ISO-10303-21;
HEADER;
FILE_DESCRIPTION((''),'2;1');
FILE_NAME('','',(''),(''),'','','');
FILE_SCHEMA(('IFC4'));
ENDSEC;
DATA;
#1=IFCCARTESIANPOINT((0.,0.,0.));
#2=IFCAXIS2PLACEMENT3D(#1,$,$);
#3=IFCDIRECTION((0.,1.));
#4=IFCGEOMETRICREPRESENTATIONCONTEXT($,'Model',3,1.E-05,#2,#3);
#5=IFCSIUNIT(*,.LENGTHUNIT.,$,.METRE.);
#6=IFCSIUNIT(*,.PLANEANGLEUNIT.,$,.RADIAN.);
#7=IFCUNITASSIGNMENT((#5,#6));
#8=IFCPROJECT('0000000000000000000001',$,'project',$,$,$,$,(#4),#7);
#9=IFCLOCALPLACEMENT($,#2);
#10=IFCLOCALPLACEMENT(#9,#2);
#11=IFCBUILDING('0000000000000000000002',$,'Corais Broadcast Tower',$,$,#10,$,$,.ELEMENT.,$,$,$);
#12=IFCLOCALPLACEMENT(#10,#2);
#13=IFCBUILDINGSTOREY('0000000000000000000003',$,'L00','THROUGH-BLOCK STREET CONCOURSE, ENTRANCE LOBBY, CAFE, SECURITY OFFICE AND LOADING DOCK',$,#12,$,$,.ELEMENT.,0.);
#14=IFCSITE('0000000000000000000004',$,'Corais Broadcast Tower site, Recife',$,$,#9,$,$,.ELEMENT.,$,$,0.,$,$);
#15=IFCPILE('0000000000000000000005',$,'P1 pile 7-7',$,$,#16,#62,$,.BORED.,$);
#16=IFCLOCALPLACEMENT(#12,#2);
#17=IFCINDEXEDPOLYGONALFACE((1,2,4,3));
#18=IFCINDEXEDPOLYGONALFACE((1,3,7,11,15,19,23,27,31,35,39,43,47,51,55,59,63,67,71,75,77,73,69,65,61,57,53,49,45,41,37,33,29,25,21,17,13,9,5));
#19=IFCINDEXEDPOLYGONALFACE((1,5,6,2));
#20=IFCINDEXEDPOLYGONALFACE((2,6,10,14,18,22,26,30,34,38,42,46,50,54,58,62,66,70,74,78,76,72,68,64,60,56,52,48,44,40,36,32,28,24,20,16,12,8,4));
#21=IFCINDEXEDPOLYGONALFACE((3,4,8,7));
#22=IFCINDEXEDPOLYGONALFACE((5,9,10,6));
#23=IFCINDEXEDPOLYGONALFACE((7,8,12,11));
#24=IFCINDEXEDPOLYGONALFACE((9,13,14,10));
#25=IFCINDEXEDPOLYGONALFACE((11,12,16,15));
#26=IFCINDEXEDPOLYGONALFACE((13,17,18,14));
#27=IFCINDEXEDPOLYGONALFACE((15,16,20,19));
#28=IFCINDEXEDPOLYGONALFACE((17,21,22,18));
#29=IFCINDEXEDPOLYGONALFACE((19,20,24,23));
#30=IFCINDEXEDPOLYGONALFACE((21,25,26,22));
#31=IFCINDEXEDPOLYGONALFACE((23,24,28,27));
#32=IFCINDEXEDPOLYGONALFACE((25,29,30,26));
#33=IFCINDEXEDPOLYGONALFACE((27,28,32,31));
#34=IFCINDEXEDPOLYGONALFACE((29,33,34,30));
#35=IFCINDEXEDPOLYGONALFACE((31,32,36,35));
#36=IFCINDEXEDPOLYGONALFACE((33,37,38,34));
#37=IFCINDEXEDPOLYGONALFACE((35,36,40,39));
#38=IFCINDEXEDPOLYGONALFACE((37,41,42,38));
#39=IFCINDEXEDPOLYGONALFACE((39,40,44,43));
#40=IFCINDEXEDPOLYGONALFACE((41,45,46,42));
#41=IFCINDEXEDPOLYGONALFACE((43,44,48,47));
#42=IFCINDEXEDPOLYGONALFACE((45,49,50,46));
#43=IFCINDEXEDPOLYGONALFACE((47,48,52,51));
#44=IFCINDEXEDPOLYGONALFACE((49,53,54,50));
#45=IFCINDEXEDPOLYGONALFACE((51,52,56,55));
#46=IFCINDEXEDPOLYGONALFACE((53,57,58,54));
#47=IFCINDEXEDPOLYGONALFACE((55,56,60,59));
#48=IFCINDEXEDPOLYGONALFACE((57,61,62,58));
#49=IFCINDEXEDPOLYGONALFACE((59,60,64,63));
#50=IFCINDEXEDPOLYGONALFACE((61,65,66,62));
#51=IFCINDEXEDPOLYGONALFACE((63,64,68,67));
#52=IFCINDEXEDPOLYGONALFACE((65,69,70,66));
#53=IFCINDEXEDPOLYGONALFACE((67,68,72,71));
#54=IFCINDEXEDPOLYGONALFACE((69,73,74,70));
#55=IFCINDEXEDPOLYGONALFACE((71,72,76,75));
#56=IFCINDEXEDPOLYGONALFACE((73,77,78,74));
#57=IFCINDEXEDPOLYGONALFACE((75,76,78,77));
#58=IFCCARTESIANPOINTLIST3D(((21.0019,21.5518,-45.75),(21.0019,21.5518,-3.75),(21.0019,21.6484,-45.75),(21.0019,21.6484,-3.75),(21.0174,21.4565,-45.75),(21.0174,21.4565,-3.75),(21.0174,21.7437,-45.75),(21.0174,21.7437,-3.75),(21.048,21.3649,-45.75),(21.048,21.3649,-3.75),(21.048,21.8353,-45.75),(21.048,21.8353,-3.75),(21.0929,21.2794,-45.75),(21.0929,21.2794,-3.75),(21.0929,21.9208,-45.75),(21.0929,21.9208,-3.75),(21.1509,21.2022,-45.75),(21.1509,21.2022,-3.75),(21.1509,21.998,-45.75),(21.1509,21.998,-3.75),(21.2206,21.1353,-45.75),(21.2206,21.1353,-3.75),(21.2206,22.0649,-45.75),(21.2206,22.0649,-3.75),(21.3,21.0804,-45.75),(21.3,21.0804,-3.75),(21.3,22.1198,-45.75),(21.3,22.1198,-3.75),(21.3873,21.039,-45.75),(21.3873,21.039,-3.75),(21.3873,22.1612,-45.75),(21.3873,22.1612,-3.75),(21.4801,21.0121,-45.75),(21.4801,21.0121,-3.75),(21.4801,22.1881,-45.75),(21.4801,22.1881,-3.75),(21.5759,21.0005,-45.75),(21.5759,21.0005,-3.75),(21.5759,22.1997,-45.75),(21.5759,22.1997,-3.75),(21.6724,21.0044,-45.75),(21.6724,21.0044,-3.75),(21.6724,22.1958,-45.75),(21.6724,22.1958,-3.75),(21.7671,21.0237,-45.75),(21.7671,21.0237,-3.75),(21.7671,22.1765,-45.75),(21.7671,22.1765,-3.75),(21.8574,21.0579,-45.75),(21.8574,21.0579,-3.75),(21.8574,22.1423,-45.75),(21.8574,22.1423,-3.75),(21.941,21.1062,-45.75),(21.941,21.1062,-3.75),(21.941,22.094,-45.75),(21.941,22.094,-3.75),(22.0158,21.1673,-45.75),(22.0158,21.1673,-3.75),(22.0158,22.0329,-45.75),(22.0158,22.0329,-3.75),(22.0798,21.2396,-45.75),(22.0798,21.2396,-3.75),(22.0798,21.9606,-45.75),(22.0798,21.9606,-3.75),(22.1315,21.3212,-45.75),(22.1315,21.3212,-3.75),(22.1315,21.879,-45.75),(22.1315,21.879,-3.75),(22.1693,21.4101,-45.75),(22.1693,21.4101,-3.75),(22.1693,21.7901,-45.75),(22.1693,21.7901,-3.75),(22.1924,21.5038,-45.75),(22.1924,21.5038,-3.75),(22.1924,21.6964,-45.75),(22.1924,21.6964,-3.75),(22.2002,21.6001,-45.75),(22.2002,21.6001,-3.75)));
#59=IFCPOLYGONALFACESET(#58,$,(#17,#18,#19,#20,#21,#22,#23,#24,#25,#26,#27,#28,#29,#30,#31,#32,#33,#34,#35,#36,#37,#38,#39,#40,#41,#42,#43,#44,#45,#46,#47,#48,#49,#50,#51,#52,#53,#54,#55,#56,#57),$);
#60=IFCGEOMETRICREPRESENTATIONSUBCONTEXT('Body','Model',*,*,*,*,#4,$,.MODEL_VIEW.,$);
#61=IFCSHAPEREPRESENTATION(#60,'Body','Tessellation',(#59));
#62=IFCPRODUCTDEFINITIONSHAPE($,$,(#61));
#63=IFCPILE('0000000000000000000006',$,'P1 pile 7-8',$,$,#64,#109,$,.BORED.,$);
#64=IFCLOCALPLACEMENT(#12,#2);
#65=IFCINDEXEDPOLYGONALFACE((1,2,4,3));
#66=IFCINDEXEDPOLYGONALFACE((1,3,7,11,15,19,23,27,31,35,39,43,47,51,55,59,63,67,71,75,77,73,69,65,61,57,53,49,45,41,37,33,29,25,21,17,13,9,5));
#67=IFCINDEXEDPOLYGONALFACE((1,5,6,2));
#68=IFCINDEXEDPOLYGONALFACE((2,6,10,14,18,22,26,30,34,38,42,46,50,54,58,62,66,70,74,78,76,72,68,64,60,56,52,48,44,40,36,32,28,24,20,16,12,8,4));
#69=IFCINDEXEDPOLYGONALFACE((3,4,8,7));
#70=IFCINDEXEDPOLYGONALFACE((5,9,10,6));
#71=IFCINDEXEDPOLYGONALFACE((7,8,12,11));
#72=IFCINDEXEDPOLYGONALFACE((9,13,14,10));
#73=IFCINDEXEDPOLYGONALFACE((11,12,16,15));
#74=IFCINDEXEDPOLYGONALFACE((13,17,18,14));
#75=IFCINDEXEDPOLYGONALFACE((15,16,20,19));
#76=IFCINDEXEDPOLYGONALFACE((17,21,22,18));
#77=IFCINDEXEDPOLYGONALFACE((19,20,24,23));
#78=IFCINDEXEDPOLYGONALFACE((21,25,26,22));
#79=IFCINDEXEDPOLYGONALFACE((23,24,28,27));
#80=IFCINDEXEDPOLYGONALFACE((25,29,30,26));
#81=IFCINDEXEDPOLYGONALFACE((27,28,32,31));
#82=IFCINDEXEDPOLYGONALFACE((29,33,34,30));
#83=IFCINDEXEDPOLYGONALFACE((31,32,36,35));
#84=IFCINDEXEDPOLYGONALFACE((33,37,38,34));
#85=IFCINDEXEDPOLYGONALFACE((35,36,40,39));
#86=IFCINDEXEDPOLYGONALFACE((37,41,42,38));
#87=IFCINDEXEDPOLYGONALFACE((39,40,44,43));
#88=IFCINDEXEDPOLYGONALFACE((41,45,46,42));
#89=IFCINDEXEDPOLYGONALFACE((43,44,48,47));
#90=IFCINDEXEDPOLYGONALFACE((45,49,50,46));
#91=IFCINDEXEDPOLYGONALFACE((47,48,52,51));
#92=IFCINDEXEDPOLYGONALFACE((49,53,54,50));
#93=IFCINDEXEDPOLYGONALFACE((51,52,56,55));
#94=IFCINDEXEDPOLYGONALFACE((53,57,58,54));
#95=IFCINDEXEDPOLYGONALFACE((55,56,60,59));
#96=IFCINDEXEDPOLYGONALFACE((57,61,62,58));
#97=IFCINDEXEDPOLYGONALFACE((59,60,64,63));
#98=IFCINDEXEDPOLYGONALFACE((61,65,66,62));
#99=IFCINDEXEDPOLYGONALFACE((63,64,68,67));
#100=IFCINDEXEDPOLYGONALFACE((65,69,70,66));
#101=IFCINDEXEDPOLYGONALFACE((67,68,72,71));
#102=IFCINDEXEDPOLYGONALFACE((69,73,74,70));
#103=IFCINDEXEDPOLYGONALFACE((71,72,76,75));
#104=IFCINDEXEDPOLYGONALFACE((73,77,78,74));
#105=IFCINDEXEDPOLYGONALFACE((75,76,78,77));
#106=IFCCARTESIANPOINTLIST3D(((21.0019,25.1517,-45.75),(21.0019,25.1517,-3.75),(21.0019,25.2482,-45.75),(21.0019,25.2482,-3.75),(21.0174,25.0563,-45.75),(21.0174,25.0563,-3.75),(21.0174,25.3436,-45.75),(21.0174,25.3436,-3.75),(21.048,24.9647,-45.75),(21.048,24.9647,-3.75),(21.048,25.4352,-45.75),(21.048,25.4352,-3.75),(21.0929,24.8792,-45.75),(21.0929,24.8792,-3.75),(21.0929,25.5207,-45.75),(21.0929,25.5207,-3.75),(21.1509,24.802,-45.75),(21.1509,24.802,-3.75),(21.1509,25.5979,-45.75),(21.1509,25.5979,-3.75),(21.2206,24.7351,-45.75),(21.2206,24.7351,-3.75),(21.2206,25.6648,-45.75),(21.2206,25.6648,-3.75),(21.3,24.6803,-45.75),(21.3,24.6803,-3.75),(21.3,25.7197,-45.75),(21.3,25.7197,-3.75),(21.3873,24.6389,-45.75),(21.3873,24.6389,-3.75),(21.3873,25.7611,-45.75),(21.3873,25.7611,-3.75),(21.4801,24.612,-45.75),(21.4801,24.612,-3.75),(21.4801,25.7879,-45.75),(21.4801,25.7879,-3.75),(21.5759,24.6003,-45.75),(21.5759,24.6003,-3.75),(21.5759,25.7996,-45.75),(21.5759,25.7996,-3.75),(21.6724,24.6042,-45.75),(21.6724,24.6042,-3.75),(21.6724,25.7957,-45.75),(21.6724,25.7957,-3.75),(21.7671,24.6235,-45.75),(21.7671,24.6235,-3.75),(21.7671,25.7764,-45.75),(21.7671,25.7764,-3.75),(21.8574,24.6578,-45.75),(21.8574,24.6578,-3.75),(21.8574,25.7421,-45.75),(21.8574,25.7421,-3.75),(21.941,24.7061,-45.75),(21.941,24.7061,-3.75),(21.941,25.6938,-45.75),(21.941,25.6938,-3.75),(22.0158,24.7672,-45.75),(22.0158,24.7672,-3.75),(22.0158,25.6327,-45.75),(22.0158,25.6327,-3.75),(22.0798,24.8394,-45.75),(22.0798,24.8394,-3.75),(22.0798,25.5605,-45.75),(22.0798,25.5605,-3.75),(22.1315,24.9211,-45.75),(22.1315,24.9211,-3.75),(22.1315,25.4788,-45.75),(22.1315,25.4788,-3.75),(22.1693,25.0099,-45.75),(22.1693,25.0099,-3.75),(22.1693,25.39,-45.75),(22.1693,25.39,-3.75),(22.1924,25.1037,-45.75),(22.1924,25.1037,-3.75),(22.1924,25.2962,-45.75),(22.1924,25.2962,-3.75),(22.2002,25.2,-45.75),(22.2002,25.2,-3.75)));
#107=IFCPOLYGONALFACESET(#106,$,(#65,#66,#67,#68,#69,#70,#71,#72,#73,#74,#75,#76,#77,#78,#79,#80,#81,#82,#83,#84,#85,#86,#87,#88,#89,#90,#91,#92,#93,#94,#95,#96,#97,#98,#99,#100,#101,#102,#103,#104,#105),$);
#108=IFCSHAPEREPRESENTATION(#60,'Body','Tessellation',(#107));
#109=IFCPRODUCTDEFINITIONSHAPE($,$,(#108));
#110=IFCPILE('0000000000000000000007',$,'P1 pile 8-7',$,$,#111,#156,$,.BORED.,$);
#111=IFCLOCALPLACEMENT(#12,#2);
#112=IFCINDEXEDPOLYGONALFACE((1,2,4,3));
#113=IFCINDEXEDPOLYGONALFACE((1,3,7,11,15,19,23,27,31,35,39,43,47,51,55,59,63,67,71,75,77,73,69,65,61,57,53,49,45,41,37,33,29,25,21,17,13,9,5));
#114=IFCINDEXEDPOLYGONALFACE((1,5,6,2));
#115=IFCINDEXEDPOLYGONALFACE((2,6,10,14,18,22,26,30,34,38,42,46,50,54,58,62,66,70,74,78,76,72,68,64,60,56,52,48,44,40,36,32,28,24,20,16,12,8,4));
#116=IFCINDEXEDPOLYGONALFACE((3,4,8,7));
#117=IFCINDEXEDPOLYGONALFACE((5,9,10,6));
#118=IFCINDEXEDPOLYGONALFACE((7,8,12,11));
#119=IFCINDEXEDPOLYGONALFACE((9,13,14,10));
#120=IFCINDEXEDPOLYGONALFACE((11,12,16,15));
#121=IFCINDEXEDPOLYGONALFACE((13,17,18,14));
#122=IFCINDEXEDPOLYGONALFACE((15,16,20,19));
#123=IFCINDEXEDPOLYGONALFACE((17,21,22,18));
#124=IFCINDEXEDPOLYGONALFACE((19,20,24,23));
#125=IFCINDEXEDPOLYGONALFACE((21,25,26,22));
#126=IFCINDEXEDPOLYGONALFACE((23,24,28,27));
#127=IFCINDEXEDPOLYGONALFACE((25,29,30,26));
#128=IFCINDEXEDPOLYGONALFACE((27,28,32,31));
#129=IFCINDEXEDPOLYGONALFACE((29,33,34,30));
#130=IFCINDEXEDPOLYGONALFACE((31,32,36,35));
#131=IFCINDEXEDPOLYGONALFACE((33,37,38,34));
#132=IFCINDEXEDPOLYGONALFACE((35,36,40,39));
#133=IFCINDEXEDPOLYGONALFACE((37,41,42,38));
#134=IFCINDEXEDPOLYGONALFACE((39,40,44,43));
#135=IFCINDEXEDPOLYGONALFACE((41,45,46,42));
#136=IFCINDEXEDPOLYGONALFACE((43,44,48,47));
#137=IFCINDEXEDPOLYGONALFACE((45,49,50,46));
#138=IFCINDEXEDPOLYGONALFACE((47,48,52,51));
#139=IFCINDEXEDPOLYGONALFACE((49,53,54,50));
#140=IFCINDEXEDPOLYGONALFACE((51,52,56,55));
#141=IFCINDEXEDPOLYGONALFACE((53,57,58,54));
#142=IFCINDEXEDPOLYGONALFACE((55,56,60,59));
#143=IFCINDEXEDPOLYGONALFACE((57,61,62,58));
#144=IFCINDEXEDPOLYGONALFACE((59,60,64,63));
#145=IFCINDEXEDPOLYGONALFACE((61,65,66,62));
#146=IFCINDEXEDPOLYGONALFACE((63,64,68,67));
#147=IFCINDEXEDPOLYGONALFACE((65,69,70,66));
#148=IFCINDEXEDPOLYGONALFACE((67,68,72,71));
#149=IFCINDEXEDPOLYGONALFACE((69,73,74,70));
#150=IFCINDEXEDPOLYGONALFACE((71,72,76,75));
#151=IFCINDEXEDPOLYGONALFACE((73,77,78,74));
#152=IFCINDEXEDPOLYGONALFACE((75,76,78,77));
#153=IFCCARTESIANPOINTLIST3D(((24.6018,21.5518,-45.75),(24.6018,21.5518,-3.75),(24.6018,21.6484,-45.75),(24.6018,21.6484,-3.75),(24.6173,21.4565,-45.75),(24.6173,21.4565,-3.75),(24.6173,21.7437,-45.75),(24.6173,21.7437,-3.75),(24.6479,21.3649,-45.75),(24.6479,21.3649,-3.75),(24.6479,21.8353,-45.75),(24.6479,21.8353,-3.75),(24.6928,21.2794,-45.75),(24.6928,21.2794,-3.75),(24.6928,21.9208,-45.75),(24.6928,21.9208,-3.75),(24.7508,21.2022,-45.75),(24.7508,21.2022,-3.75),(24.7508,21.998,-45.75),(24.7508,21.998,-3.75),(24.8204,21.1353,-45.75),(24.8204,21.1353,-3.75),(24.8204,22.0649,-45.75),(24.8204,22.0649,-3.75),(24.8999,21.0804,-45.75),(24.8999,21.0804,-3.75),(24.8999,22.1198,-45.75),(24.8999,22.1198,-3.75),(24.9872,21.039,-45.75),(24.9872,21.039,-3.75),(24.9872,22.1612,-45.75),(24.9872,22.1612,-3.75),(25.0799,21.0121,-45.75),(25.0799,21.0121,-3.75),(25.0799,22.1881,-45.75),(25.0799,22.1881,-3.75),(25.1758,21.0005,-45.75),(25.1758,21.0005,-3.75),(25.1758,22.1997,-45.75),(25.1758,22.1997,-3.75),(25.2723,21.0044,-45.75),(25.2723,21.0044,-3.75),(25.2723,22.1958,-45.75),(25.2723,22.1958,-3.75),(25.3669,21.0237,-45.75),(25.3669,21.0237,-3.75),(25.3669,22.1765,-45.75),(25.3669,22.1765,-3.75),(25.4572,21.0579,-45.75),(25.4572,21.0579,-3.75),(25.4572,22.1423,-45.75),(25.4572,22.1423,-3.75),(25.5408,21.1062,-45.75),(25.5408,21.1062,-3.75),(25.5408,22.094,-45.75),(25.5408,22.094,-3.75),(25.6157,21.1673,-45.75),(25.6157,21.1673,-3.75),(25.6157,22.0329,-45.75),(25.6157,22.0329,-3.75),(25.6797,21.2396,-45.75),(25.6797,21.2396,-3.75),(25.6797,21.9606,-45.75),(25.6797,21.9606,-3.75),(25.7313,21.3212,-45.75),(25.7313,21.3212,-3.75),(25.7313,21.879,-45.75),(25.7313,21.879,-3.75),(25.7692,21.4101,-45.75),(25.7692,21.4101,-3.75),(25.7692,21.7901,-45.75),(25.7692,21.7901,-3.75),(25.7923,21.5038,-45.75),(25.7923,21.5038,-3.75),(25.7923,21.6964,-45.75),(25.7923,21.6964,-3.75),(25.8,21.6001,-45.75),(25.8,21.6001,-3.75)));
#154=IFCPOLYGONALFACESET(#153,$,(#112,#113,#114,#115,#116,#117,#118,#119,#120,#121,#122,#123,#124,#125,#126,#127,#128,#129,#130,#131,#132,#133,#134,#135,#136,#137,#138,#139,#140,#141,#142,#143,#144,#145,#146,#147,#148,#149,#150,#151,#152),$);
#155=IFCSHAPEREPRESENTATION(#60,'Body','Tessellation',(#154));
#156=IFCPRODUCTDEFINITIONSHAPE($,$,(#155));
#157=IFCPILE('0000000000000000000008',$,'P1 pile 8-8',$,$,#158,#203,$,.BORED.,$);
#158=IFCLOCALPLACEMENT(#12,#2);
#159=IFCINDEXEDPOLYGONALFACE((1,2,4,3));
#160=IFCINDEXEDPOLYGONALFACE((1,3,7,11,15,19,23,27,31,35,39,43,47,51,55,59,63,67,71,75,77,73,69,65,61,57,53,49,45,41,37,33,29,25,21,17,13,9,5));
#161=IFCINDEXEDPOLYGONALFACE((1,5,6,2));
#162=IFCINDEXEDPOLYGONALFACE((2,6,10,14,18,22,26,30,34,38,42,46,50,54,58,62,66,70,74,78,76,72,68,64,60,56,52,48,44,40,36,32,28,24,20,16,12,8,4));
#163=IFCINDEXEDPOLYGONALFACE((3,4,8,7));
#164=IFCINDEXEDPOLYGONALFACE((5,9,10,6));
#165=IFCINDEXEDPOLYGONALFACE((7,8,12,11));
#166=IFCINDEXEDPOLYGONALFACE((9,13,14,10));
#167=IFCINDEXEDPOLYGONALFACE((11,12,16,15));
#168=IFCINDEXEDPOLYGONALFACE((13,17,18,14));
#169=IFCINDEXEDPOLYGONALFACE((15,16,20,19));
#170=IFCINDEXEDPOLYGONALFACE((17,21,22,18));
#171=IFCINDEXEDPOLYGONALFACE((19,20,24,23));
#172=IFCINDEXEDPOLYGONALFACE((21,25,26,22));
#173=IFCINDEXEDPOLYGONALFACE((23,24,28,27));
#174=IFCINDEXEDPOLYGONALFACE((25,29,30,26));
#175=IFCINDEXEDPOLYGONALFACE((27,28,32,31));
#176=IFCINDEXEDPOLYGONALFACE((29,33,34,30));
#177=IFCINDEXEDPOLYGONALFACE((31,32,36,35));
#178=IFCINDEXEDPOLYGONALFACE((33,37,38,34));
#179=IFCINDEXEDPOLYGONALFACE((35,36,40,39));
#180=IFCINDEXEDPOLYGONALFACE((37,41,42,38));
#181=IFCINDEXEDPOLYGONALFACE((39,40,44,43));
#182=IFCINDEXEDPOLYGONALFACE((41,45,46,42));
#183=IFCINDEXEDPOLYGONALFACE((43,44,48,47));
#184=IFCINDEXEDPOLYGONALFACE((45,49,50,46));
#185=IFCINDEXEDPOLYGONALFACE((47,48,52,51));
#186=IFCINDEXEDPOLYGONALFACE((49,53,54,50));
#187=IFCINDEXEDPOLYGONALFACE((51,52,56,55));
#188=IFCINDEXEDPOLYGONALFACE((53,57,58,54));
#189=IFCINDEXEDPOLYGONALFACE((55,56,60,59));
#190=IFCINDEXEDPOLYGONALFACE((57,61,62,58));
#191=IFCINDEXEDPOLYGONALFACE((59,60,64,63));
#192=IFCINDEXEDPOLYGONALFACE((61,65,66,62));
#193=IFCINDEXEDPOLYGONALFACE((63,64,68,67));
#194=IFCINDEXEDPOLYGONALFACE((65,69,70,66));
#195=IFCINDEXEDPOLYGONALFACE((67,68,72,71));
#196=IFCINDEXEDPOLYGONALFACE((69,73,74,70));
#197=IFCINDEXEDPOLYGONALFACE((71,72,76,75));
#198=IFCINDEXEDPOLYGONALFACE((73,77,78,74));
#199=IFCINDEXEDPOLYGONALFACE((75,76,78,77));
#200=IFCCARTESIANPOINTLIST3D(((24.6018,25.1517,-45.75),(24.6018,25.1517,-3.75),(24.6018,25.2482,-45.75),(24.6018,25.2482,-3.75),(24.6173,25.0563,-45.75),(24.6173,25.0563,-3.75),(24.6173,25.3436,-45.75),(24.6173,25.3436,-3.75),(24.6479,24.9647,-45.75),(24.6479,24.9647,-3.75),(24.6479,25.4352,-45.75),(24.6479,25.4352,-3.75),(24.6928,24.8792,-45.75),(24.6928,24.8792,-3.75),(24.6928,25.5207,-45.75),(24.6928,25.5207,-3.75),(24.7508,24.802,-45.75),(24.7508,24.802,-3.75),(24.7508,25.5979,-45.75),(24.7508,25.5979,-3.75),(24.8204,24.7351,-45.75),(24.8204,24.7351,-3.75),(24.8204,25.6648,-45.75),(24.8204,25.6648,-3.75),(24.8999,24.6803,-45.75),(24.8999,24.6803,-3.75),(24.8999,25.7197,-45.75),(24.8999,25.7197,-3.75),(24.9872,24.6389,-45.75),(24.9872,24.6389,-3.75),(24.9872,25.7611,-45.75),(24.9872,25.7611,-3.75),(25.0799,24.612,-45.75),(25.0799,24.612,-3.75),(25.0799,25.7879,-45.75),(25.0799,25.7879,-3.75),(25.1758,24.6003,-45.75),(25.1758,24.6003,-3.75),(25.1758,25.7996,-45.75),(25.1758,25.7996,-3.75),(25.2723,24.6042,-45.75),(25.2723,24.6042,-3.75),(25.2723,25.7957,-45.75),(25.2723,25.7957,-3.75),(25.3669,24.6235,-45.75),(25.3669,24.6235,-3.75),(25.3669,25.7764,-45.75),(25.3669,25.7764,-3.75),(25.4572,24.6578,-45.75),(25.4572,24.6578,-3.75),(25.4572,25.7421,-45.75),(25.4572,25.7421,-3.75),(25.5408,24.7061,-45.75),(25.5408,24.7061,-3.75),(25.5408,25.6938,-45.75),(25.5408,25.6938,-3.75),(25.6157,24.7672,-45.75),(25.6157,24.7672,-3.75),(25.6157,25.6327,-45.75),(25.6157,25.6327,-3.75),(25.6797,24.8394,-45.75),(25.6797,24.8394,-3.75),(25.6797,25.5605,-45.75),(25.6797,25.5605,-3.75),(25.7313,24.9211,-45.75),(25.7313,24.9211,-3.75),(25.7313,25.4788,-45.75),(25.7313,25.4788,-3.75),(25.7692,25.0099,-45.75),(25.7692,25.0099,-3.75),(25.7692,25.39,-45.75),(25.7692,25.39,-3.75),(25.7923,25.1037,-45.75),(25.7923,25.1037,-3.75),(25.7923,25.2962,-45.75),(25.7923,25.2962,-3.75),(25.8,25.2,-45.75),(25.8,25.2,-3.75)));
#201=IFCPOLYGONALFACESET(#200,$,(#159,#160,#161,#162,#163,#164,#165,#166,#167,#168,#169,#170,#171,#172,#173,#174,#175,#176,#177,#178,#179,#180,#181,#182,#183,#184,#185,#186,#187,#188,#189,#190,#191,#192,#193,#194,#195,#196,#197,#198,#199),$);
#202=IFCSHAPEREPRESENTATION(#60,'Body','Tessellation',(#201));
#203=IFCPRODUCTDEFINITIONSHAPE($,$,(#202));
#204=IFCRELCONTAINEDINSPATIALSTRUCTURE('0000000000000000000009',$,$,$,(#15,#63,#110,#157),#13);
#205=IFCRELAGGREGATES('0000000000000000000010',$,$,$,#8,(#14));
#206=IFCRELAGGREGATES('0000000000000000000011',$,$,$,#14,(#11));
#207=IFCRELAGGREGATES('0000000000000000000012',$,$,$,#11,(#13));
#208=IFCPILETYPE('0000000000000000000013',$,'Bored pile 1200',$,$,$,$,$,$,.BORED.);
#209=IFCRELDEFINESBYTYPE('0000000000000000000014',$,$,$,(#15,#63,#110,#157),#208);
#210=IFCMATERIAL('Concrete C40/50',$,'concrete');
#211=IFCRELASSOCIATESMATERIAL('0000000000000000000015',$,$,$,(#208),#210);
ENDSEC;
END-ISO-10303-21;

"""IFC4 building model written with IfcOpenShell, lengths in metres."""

from ifc_helpers import new_model, si_unit, direction, frame, origin, origin_2d, place, context, subcontext, project, spatial, circle, extrude, material, type_object, element, save


model = new_model("IFC4")

# Units and contexts
model_context = context("Model", 3, precision=1e-05, world=origin(), true_north=direction((0.0, 1.0)))
body_context = subcontext(model_context, "Body", "Model", "MODEL_VIEW")
ifc_project = project(units=[si_unit("LENGTHUNIT", "METRE"), si_unit("PLANEANGLEUNIT", "RADIAN")], contexts=[model_context])

# Site, building, storey
site_placement = place(None, origin())
site = spatial("IfcSite", under=ifc_project, at=site_placement, Name="Corais Broadcast Tower site, Recife", CompositionType="ELEMENT", RefElevation=0.0)
building_placement = place(site_placement, origin())
building = spatial("IfcBuilding", under=site, at=building_placement, Name="Corais Broadcast Tower", CompositionType="ELEMENT")
storey_placement = place(building_placement, origin())
storey = spatial("IfcBuildingStorey", under=building, at=storey_placement, Name="L00", Description="THROUGH-BLOCK STREET CONCOURSE, ENTRANCE LOBBY, CAFE, SECURITY OFFICE AND LOADING DOCK", CompositionType="ELEMENT", Elevation=0.0)

# Piles
ifc_material_1 = material(Name="Concrete C40/50", Category="concrete")
pile_type = type_object("IfcPileType", Name="Bored pile 1200", PredefinedType="BORED", material=ifc_material_1)
for number, where, z_axis, x_axis, name in (
    (1, (21.6001, 21.6001, -3.75), (0.0, 0.0, -1.0), (1.0, 0.0, 0.0), "P1 pile 7-7"),
    (2, (21.6001, 25.2, -3.75), (0.0, 0.0, -1.0), (1.0, 0.0, 0.0), "P1 pile 7-8"),
    (3, (25.2, 21.6001, -3.75), (0.0, 0.0, -1.0), (1.0, 0.0, 0.0), "P1 pile 8-7"),
    (4, (25.2, 25.2, -3.75), (0.0, 0.0, -1.0), (1.0, 0.0, 0.0), "P1 pile 8-8"),
):
    element("IfcPile", number, at=place(storey_placement, frame(where, z_axis=z_axis, x_axis=x_axis)), inside=storey, type_object=pile_type, Name=name, PredefinedType="BORED", context=body_context, shape_type="SweptSolid", body=[
        extrude(circle(Radius=0.6001, at=origin_2d()), origin(), (0.0, 0.0, 1.0), 42.0),
    ])

save(model, "model.ifc")
